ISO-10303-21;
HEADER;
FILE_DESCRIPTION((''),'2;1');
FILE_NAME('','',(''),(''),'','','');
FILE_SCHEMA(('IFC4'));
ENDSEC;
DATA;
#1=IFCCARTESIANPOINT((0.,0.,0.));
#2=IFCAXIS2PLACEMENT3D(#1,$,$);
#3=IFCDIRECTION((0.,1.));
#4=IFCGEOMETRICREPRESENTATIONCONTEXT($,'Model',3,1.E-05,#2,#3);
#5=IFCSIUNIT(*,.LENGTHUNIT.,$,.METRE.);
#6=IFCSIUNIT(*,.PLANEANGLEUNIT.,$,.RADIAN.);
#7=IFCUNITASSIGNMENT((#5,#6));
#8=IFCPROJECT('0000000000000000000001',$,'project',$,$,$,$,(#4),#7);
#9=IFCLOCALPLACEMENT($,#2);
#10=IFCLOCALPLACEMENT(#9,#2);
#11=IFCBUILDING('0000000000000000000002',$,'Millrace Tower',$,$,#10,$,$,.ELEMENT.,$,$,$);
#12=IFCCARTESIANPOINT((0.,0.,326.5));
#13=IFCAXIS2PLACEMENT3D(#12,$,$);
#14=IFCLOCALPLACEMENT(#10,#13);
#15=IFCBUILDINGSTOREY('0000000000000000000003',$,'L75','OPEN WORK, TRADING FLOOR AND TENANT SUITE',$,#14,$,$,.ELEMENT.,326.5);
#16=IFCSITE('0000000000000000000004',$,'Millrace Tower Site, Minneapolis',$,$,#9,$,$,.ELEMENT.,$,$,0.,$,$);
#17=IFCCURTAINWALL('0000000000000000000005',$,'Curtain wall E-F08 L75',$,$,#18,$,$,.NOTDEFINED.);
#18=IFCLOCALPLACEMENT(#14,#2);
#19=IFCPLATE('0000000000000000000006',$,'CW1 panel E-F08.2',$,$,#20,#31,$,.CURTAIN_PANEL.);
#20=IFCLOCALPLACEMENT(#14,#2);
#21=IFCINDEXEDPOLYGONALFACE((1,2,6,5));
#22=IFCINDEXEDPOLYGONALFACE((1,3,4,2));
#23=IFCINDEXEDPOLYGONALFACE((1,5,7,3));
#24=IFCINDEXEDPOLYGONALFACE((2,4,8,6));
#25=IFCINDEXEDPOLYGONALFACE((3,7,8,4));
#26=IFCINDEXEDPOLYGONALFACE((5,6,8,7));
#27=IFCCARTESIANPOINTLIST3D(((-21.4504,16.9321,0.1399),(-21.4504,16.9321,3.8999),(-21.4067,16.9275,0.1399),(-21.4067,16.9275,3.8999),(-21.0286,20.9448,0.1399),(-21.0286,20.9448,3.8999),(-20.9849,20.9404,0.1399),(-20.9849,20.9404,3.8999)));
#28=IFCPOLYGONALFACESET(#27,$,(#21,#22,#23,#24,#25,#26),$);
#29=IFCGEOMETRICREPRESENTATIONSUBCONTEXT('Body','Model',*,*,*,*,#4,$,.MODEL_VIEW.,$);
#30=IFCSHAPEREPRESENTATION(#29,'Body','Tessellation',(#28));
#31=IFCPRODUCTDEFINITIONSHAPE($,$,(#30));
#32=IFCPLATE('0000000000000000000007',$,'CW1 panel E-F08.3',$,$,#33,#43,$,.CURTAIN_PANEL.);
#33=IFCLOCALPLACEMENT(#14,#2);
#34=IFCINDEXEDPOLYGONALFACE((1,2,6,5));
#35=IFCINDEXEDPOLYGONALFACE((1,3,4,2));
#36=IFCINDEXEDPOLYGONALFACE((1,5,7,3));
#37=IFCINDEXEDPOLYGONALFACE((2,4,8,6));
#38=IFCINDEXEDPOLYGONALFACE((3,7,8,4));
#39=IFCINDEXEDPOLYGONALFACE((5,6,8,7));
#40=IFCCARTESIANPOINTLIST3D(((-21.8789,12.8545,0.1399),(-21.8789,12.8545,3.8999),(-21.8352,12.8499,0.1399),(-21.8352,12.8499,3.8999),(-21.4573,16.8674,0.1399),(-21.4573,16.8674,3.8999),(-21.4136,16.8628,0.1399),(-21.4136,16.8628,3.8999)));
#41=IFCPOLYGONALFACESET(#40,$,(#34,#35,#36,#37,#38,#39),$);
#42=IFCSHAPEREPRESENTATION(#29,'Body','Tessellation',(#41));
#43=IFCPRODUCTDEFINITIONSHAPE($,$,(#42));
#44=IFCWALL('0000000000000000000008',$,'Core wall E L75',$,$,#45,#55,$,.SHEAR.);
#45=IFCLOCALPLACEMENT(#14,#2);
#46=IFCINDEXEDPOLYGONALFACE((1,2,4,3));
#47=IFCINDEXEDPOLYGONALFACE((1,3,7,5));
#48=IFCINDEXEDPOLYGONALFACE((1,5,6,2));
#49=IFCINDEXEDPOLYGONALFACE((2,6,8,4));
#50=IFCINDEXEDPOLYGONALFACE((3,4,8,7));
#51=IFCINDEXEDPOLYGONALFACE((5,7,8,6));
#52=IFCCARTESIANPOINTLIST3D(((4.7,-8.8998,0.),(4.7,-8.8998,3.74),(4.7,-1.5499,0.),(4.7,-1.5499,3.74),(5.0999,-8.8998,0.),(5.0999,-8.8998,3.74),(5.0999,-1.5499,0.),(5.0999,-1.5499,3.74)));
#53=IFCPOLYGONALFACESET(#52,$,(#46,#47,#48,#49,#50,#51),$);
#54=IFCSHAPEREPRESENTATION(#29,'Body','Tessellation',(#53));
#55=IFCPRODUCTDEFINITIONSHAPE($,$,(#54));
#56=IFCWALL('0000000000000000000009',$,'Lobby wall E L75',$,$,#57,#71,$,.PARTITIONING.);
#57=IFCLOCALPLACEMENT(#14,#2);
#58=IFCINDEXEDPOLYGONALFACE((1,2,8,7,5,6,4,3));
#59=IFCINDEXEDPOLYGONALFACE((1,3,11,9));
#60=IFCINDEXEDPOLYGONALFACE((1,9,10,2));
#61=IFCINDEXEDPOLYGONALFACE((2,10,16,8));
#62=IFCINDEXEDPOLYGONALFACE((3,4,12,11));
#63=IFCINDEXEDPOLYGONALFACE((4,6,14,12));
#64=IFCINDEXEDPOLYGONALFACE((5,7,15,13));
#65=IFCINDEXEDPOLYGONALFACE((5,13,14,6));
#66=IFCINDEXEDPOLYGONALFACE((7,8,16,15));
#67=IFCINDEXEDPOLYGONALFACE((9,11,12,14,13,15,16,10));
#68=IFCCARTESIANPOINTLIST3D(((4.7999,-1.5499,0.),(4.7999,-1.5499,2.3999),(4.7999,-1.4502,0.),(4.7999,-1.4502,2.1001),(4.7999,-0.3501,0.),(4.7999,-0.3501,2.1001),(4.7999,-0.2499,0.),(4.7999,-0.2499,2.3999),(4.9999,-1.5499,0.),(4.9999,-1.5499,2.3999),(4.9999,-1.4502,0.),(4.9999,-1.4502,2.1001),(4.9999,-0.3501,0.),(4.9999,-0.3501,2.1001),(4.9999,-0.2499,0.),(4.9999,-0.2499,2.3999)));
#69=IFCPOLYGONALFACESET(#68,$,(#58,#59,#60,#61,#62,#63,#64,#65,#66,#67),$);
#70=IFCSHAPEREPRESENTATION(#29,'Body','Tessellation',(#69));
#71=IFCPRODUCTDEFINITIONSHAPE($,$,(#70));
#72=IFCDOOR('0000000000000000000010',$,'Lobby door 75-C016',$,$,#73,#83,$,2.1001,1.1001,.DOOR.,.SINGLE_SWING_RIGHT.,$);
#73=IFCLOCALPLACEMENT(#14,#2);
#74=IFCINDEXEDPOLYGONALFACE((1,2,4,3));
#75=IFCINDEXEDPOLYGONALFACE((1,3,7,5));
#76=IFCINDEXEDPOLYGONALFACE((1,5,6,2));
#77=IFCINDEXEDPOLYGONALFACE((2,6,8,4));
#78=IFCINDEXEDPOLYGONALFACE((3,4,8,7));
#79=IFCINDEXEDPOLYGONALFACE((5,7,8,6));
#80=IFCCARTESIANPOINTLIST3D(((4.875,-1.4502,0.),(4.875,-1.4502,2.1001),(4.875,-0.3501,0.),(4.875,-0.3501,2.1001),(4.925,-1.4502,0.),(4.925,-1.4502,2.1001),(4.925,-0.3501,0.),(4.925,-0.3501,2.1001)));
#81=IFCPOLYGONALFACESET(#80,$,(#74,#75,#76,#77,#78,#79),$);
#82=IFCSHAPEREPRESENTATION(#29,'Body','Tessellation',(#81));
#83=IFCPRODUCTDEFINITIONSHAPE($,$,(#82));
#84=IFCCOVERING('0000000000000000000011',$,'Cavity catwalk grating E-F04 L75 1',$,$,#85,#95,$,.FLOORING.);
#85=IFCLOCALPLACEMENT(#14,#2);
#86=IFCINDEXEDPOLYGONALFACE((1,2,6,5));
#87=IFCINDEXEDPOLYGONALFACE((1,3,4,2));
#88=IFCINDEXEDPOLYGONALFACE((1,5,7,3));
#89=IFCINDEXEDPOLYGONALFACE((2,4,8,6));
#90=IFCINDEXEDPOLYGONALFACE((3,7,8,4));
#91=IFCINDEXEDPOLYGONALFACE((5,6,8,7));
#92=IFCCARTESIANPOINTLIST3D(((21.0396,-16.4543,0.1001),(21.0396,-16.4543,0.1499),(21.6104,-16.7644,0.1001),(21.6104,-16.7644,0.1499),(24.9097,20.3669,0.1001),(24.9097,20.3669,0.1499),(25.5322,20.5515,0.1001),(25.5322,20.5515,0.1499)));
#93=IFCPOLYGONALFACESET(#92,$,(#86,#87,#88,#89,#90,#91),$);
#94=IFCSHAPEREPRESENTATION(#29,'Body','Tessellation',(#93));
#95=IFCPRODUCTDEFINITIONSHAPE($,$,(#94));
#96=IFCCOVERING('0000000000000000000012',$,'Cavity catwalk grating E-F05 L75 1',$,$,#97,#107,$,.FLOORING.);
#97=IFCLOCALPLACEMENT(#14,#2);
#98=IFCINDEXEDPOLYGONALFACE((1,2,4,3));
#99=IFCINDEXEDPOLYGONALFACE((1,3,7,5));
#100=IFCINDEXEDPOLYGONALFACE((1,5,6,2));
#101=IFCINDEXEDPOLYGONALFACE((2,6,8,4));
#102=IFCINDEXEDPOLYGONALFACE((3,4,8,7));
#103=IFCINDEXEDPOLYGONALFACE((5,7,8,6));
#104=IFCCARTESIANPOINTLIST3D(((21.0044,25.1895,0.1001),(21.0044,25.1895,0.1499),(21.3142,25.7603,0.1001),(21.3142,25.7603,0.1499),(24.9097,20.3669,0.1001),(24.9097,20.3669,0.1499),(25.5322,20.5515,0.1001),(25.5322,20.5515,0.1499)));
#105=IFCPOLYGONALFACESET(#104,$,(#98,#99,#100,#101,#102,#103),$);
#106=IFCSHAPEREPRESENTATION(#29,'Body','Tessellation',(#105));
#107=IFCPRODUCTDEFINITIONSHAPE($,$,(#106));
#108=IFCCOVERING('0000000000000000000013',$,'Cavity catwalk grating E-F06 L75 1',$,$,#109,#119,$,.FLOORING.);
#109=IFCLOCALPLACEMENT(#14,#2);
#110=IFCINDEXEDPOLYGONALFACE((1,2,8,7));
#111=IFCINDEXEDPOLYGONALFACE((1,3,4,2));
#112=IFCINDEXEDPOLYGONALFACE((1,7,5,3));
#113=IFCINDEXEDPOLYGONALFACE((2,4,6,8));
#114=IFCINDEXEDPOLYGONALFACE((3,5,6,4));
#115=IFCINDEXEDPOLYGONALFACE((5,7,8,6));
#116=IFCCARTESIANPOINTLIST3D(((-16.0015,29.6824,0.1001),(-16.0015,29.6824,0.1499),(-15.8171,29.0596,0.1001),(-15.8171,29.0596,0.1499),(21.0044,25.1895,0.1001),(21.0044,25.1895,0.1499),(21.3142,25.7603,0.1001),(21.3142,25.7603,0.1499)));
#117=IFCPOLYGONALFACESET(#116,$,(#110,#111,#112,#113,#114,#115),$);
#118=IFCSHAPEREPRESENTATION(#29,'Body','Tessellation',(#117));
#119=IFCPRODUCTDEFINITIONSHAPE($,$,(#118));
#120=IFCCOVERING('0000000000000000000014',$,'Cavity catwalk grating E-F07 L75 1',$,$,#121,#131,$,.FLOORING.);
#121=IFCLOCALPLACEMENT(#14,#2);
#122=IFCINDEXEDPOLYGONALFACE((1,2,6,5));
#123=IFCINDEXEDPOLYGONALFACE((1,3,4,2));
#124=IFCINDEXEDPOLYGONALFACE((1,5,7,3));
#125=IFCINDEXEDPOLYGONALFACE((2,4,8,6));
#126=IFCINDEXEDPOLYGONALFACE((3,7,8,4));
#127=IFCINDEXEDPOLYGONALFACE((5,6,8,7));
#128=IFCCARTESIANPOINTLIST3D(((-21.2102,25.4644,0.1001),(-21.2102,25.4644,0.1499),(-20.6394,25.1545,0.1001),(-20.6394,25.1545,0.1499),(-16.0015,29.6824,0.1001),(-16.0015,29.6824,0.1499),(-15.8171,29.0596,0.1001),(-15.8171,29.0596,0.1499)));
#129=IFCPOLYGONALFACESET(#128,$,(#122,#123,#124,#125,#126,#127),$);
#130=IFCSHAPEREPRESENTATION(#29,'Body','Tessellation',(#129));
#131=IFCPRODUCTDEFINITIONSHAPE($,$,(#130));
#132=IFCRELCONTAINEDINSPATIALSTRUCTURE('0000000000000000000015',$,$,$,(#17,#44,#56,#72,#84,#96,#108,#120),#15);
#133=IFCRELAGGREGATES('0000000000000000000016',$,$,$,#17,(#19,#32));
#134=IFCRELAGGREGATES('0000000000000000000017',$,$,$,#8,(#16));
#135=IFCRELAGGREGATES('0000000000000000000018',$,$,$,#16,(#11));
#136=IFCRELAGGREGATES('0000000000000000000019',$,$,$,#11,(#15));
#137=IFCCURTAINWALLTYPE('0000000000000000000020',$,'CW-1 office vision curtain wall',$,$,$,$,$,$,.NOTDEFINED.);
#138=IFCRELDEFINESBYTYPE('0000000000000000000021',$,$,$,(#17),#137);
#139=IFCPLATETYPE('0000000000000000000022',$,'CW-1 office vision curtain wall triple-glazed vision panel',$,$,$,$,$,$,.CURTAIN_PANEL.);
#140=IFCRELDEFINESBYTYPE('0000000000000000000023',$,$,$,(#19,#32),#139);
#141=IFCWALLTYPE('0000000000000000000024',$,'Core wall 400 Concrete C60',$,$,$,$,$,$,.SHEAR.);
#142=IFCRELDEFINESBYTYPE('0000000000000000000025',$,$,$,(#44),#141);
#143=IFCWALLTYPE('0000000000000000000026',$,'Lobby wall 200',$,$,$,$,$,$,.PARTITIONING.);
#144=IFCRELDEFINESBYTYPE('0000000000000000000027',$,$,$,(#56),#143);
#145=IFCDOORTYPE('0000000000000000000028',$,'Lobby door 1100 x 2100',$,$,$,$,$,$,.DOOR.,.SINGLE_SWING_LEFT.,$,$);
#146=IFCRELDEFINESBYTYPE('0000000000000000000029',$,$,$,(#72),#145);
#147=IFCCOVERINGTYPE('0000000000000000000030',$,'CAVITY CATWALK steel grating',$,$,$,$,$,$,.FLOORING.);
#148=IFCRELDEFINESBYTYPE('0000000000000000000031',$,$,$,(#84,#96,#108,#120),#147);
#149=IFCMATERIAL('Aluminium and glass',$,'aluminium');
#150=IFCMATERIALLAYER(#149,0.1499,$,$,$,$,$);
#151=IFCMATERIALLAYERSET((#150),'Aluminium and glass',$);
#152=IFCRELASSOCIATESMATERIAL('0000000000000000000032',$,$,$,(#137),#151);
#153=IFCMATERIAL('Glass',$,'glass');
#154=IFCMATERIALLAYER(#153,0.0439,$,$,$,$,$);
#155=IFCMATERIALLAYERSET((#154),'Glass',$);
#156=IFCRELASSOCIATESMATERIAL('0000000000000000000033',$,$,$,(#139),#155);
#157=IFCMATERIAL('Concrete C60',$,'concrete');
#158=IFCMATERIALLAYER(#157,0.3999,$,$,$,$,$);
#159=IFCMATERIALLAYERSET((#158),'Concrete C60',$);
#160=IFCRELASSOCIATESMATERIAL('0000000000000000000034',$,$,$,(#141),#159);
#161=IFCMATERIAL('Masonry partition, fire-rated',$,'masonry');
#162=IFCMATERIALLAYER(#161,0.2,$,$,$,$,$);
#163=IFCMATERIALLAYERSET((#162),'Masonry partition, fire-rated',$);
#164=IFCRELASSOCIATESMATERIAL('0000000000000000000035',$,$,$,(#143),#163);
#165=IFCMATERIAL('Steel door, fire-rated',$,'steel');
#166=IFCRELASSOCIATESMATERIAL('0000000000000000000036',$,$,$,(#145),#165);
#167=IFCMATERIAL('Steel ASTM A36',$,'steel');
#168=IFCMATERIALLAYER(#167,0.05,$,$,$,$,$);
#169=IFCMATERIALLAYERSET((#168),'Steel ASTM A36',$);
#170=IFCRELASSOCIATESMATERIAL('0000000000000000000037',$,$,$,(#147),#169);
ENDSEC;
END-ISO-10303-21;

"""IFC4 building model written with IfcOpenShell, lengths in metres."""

from ifc_helpers import new_model, si_unit, direction, frame, frame_2d, origin, place, context, subcontext, project, spatial, polyline, rectangle, outline, extrude, material, layer, layer_set, type_object, element, fill, aggregate, save


model = new_model("IFC4")

# Units and contexts
model_context = context("Model", 3, precision=1e-05, world=origin(), true_north=direction((0.0, 1.0)))
body_context = subcontext(model_context, "Body", "Model", "MODEL_VIEW")
ifc_project = project(units=[si_unit("LENGTHUNIT", "METRE"), si_unit("PLANEANGLEUNIT", "RADIAN")], contexts=[model_context])

# Site, building, storey
site_placement = place(None, origin())
site = spatial("IfcSite", under=ifc_project, at=site_placement, Name="Millrace Tower Site, Minneapolis", CompositionType="ELEMENT", RefElevation=0.0)
building_placement = place(site_placement, origin())
building = spatial("IfcBuilding", under=site, at=building_placement, Name="Millrace Tower", CompositionType="ELEMENT")
storey_placement = place(building_placement, frame((0.0, 0.0, 326.5)))
storey = spatial("IfcBuildingStorey", under=building, at=storey_placement, Name="L75", Description="OPEN WORK, TRADING FLOOR AND TENANT SUITE", CompositionType="ELEMENT", Elevation=326.5)

# Shared definitions
ifc_material_1 = material(Name="Aluminium and glass", Category="aluminium")
ifc_layer_1 = layer(ifc_material_1, 0.1499)
ifc_layer_set_1 = layer_set([ifc_layer_1], Name="Aluminium and glass")
curtain_wall_type = type_object("IfcCurtainWallType", Name="CW-1 office vision curtain wall", PredefinedType="NOTDEFINED", material=ifc_layer_set_1)
placement_1 = place(storey_placement, origin())
ifc_material_2 = material(Name="Glass", Category="glass")
ifc_layer_2 = layer(ifc_material_2, 0.0439)
ifc_layer_set_2 = layer_set([ifc_layer_2], Name="Glass")
plate_type = type_object("IfcPlateType", Name="CW-1 office vision curtain wall triple-glazed vision panel", PredefinedType="CURTAIN_PANEL", material=ifc_layer_set_2)
placement_2 = place(storey_placement, frame((0.0, 0.0, 0.1399)))

# Curtain wall, plates
curtain_wall_1 = element("IfcCurtainWall", 1, at=placement_1, inside=storey, type_object=curtain_wall_type, Name="Curtain wall E-F08 L75", PredefinedType="NOTDEFINED")
plate_1 = element("IfcPlate", 2, at=placement_2, type_object=plate_type, Name="CW1 panel E-F08.2", PredefinedType="CURTAIN_PANEL", context=body_context, shape_type="SweptSolid", body=[
    extrude(outline(polyline([(-21.0286, 20.9448), (-21.4504, 16.9321), (-21.4067, 16.9275), (-20.9849, 20.9404), (-21.0286, 20.9448)])), origin(), (0.0, 0.0, 1.0), 3.76),
])
plate_2 = element("IfcPlate", 3, at=placement_2, type_object=plate_type, Name="CW1 panel E-F08.3", PredefinedType="CURTAIN_PANEL", context=body_context, shape_type="SweptSolid", body=[
    extrude(outline(polyline([(-21.4573, 16.8674), (-21.8789, 12.8545), (-21.8352, 12.8499), (-21.4136, 16.8628), (-21.4573, 16.8674)])), origin(), (0.0, 0.0, 1.0), 3.76),
])
aggregate(curtain_wall_1, [plate_1, plate_2])

# Wall
ifc_material_3 = material(Name="Concrete C60", Category="concrete")
ifc_layer_3 = layer(ifc_material_3, 0.3999)
ifc_layer_set_3 = layer_set([ifc_layer_3], Name="Concrete C60")
wall_type_1 = type_object("IfcWallType", Name="Core wall 400 Concrete C60", PredefinedType="SHEAR", material=ifc_layer_set_3)
wall_1_placement = place(storey_placement, frame((4.8999, -1.55, 0.0), z_axis=(0.0, 0.0, 1.0), x_axis=(0.0, -1.0, 0.0)))
element("IfcWall", 4, at=wall_1_placement, inside=storey, type_object=wall_type_1, Name="Core wall E L75", PredefinedType="SHEAR", context=body_context, shape_type="SweptSolid", body=[
    extrude(rectangle(XDim=7.3499, YDim=0.3999, at=frame_2d((3.6748, 0.0))), origin(), (0.0, 0.0, 1.0), 3.74),
])

# Wall, opening, door
ifc_material_4 = material(Name="Masonry partition, fire-rated", Category="masonry")
ifc_layer_4 = layer(ifc_material_4, 0.2)
ifc_layer_set_4 = layer_set([ifc_layer_4], Name="Masonry partition, fire-rated")
wall_type_2 = type_object("IfcWallType", Name="Lobby wall 200", PredefinedType="PARTITIONING", material=ifc_layer_set_4)
wall_2_placement = place(storey_placement, frame((4.8999, -0.25, 0.0), z_axis=(0.0, 0.0, 1.0), x_axis=(0.0, -1.0, 0.0)))
wall_2 = element("IfcWall", 5, at=wall_2_placement, inside=storey, type_object=wall_type_2, Name="Lobby wall E L75", PredefinedType="PARTITIONING", context=body_context, shape_type="SweptSolid", body=[
    extrude(rectangle(XDim=1.3, YDim=0.2, at=frame_2d((0.6499, 0.0))), origin(), (0.0, 0.0, 1.0), 2.3999),
])
opening_placement = place(wall_2_placement, frame((0.1001, 0.0, 0.0)))
opening = element("IfcOpeningElement", 6, at=opening_placement, cuts=wall_2, PredefinedType="OPENING", context=body_context, shape_type="SweptSolid", body=[
    extrude(rectangle(XDim=1.1001, YDim=2.1001, at=frame_2d((0.55, 1.05))), frame((0.0, 0.1099, 0.0), z_axis=(0.0, -1.0, 0.0), x_axis=(1.0, 0.0, 0.0)), (0.0, 0.0, 1.0), 0.22),
])
ifc_material_5 = material(Name="Steel door, fire-rated", Category="steel")
door_type = type_object("IfcDoorType", Name="Lobby door 1100 x 2100", OperationType="SINGLE_SWING_LEFT", PredefinedType="DOOR", material=ifc_material_5)
door_placement = place(opening_placement, frame((1.1001, 0.0, 0.0), z_axis=(0.0, 0.0, 1.0), x_axis=(-1.0, 0.0, 0.0)))
door = element("IfcDoor", 7, at=door_placement, inside=storey, type_object=door_type, Name="Lobby door 75-C016", OperationType="SINGLE_SWING_RIGHT", OverallHeight=2.1001, OverallWidth=1.1001, PredefinedType="DOOR", context=body_context, shape_type="SweptSolid", body=[
    extrude(rectangle(XDim=1.1001, YDim=2.1001, at=frame_2d((0.55, 1.05))), frame((0.0, 0.0249, 0.0), z_axis=(0.0, -1.0, 0.0), x_axis=(1.0, 0.0, 0.0)), (0.0, 0.0, 1.0), 0.05),
])
fill(opening, door)

# Coverings
ifc_material_6 = material(Name="Steel ASTM A36", Category="steel")
ifc_layer_5 = layer(ifc_material_6, 0.05)
ifc_layer_set_5 = layer_set([ifc_layer_5], Name="Steel ASTM A36")
covering_type = type_object("IfcCoveringType", Name="CAVITY CATWALK steel grating", PredefinedType="FLOORING", material=ifc_layer_set_5)
placement_3 = place(storey_placement, frame((0.0, 0.0, 0.1001)))
element("IfcCovering", 8, at=placement_3, inside=storey, type_object=covering_type, Name="Cavity catwalk grating E-F04 L75 1", PredefinedType="FLOORING", context=body_context, shape_type="SweptSolid", body=[
    extrude(outline(polyline([(21.6104, -16.7644), (25.5322, 20.5515), (24.9097, 20.3669), (21.0396, -16.4543), (21.6104, -16.7644)])), origin(), (0.0, 0.0, 1.0), 0.0498),
])
element("IfcCovering", 9, at=placement_3, inside=storey, type_object=covering_type, Name="Cavity catwalk grating E-F05 L75 1", PredefinedType="FLOORING", context=body_context, shape_type="SweptSolid", body=[
    extrude(outline(polyline([(25.5322, 20.5515), (21.3142, 25.7603), (21.0044, 25.1895), (24.9097, 20.3669), (25.5322, 20.5515)])), origin(), (0.0, 0.0, 1.0), 0.0498),
])
element("IfcCovering", 10, at=placement_3, inside=storey, type_object=covering_type, Name="Cavity catwalk grating E-F06 L75 1", PredefinedType="FLOORING", context=body_context, shape_type="SweptSolid", body=[
    extrude(outline(polyline([(21.3142, 25.7603), (-16.0015, 29.6824), (-15.8171, 29.0596), (21.0044, 25.1895), (21.3142, 25.7603)])), origin(), (0.0, 0.0, 1.0), 0.0498),
])
element("IfcCovering", 11, at=placement_3, inside=storey, type_object=covering_type, Name="Cavity catwalk grating E-F07 L75 1", PredefinedType="FLOORING", context=body_context, shape_type="SweptSolid", body=[
    extrude(outline(polyline([(-16.0015, 29.6824), (-21.2102, 25.4644), (-20.6394, 25.1545), (-15.8171, 29.0596), (-16.0015, 29.6824)])), origin(), (0.0, 0.0, 1.0), 0.0498),
])

save(model, "model.ifc")
